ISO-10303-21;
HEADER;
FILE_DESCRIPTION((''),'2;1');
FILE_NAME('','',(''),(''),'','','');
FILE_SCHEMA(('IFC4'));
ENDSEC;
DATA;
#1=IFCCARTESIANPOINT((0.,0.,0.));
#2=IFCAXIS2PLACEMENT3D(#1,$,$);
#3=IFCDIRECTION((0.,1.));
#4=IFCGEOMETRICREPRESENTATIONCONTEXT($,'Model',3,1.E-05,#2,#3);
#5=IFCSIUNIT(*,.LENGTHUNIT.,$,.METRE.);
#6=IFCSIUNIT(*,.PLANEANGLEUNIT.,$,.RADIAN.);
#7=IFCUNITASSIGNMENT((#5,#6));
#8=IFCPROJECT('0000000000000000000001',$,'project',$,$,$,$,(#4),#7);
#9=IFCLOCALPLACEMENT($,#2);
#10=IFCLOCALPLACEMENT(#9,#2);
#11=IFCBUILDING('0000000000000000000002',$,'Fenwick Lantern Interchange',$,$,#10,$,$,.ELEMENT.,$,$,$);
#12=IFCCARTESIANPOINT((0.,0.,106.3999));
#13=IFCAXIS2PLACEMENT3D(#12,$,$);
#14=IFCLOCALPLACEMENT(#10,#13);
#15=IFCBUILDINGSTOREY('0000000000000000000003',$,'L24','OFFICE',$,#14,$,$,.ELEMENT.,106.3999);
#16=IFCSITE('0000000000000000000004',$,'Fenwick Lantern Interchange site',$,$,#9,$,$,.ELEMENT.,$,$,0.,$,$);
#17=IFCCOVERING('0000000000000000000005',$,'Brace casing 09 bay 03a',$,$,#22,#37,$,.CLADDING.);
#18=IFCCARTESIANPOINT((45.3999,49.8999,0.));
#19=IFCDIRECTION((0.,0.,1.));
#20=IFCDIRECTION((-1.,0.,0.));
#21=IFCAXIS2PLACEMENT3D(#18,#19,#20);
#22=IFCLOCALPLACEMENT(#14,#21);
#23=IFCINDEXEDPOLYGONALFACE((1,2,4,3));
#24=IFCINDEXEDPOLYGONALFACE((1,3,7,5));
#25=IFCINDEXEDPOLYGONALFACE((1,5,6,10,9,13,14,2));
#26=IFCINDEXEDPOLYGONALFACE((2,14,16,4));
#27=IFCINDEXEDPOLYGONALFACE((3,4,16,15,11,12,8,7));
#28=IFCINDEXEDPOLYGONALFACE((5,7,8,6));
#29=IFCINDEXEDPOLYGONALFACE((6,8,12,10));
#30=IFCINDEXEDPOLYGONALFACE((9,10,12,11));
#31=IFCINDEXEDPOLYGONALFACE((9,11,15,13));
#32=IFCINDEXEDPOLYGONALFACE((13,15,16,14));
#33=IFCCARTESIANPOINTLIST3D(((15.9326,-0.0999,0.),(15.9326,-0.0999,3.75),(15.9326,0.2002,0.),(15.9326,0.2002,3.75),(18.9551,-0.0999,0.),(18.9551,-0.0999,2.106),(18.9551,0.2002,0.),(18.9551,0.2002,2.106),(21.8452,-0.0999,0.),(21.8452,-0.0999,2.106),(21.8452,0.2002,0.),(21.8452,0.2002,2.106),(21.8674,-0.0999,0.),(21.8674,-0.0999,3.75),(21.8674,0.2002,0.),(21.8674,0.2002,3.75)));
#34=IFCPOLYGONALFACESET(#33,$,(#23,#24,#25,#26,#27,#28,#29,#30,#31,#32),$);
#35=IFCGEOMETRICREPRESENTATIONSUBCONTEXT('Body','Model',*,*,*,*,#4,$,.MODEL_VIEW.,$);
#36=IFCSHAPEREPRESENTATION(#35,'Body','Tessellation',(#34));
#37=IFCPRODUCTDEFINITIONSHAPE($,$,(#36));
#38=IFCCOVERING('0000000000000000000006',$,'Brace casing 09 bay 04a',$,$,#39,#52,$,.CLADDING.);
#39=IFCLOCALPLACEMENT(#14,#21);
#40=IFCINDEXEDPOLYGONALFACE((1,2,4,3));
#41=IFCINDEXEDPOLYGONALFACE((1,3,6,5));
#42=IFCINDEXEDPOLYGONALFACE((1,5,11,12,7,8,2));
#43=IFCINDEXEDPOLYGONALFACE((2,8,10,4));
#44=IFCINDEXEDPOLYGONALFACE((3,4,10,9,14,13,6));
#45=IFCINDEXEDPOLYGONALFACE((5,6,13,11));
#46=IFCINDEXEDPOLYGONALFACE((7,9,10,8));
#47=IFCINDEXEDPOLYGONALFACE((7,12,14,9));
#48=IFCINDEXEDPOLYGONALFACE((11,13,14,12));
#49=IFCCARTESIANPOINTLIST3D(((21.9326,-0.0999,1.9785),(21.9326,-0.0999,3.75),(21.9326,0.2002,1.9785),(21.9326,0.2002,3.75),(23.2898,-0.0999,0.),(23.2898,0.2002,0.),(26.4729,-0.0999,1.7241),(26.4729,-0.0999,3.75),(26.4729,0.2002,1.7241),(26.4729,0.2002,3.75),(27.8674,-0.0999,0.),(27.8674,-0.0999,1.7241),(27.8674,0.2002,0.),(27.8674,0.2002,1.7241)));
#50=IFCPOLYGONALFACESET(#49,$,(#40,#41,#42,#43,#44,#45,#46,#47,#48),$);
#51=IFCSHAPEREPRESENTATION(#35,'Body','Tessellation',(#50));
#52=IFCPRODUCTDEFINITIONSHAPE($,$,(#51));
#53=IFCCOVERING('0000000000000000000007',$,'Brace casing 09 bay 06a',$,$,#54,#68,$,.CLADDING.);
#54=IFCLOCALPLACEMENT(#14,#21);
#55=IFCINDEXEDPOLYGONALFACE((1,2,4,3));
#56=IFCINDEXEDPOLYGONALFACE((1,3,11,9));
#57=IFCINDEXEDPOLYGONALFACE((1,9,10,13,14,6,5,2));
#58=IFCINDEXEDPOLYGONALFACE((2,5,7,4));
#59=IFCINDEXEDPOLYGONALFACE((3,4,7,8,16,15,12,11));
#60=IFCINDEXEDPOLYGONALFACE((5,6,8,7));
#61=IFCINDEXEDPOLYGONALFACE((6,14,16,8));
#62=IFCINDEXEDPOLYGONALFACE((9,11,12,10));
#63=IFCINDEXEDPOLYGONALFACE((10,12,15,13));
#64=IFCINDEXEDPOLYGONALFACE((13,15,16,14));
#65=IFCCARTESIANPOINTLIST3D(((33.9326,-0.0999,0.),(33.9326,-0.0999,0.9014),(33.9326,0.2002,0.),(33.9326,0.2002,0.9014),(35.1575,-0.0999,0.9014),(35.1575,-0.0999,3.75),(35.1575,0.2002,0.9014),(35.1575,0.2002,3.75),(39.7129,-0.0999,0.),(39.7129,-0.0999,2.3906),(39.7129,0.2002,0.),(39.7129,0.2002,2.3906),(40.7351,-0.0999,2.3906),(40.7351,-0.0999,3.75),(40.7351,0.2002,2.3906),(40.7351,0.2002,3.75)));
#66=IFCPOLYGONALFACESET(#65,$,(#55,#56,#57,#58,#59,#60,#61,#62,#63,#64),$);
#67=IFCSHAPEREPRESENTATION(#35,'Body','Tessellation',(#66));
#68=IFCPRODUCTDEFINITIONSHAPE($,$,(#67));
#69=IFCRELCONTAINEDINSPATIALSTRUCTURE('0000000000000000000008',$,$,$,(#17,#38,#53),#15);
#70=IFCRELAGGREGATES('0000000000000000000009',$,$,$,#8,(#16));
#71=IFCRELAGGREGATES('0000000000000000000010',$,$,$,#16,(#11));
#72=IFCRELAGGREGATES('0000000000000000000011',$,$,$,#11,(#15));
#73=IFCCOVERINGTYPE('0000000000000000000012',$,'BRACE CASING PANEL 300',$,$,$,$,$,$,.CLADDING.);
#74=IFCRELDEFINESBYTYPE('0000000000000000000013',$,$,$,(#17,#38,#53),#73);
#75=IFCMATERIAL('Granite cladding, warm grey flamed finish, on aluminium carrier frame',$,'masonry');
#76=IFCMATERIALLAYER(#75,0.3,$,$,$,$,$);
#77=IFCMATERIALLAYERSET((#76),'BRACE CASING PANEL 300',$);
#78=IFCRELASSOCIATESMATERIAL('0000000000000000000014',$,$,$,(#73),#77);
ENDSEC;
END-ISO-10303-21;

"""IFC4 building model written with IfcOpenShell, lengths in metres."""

from ifc_helpers import new_model, si_unit, direction, frame, origin, place, context, subcontext, project, spatial, polyline, outline, extrude, material, layer, layer_set, type_object, element, save


model = new_model("IFC4")

# Units and contexts
model_context = context("Model", 3, precision=1e-05, world=origin(), true_north=direction((0.0, 1.0)))
body_context = subcontext(model_context, "Body", "Model", "MODEL_VIEW")
ifc_project = project(units=[si_unit("LENGTHUNIT", "METRE"), si_unit("PLANEANGLEUNIT", "RADIAN")], contexts=[model_context])

# Site, building, storey
site_placement = place(None, origin())
site = spatial("IfcSite", under=ifc_project, at=site_placement, Name="Fenwick Lantern Interchange site", CompositionType="ELEMENT", RefElevation=0.0)
building_placement = place(site_placement, origin())
building = spatial("IfcBuilding", under=site, at=building_placement, Name="Fenwick Lantern Interchange", CompositionType="ELEMENT")
storey_placement = place(building_placement, frame((0.0, 0.0, 106.3999)))
storey = spatial("IfcBuildingStorey", under=building, at=storey_placement, Name="L24", Description="OFFICE", CompositionType="ELEMENT", Elevation=106.3999)

# Coverings
ifc_material_1 = material(Name="Granite cladding, warm grey flamed finish, on aluminium carrier frame", Category="masonry")
ifc_layer_1 = layer(ifc_material_1, 0.3)
ifc_layer_set_1 = layer_set([ifc_layer_1], Name="BRACE CASING PANEL 300")
covering_type = type_object("IfcCoveringType", Name="BRACE CASING PANEL 300", PredefinedType="CLADDING", material=ifc_layer_set_1)
covering_1_placement = place(storey_placement, frame((45.3999, 49.8999, 0.0), z_axis=(0.0, 0.0, 1.0), x_axis=(-1.0, 0.0, 0.0)))
element("IfcCovering", 1, at=covering_1_placement, inside=storey, type_object=covering_type, Name="Brace casing 09 bay 03a", PredefinedType="CLADDING", context=body_context, shape_type="SweptSolid", body=[
    extrude(outline(polyline([(15.9326, 0.0), (18.9551, 0.0), (18.9551, 2.106), (21.8452, 2.106), (21.8452, 0.0), (21.8674, 0.0), (21.8674, 3.75), (15.9326, 3.75), (15.9326, 0.0)])), frame((0.0, 0.2002, 0.0), z_axis=(0.0, -1.0, 0.0), x_axis=(1.0, 0.0, 0.0)), (0.0, 0.0, 1.0), 0.3),
])
covering_2_placement = place(storey_placement, frame((45.3999, 49.8999, 0.0), z_axis=(0.0, 0.0, 1.0), x_axis=(-1.0, 0.0, 0.0)))
element("IfcCovering", 2, at=covering_2_placement, inside=storey, type_object=covering_type, Name="Brace casing 09 bay 04a", PredefinedType="CLADDING", context=body_context, shape_type="SweptSolid", body=[
    extrude(outline(polyline([(23.2898, 0.0), (27.8674, 0.0), (27.8674, 1.7241), (26.4729, 1.7241), (26.4729, 3.75), (21.9326, 3.75), (21.9326, 1.9785), (23.2898, 0.0)])), frame((0.0, 0.2002, 0.0), z_axis=(0.0, -1.0, 0.0), x_axis=(1.0, 0.0, 0.0)), (0.0, 0.0, 1.0), 0.3),
])
covering_3_placement = place(storey_placement, frame((45.3999, 49.8999, 0.0), z_axis=(0.0, 0.0, 1.0), x_axis=(-1.0, 0.0, 0.0)))
element("IfcCovering", 3, at=covering_3_placement, inside=storey, type_object=covering_type, Name="Brace casing 09 bay 06a", PredefinedType="CLADDING", context=body_context, shape_type="SweptSolid", body=[
    extrude(outline(polyline([(33.9326, 0.0), (39.7129, 0.0), (39.7129, 2.3906), (40.7351, 2.3906), (40.7351, 3.75), (35.1575, 3.75), (35.1575, 0.9014), (33.9326, 0.9014), (33.9326, 0.0)])), frame((0.0, 0.2002, 0.0), z_axis=(0.0, -1.0, 0.0), x_axis=(1.0, 0.0, 0.0)), (0.0, 0.0, 1.0), 0.3),
])

save(model, "model.ifc")
